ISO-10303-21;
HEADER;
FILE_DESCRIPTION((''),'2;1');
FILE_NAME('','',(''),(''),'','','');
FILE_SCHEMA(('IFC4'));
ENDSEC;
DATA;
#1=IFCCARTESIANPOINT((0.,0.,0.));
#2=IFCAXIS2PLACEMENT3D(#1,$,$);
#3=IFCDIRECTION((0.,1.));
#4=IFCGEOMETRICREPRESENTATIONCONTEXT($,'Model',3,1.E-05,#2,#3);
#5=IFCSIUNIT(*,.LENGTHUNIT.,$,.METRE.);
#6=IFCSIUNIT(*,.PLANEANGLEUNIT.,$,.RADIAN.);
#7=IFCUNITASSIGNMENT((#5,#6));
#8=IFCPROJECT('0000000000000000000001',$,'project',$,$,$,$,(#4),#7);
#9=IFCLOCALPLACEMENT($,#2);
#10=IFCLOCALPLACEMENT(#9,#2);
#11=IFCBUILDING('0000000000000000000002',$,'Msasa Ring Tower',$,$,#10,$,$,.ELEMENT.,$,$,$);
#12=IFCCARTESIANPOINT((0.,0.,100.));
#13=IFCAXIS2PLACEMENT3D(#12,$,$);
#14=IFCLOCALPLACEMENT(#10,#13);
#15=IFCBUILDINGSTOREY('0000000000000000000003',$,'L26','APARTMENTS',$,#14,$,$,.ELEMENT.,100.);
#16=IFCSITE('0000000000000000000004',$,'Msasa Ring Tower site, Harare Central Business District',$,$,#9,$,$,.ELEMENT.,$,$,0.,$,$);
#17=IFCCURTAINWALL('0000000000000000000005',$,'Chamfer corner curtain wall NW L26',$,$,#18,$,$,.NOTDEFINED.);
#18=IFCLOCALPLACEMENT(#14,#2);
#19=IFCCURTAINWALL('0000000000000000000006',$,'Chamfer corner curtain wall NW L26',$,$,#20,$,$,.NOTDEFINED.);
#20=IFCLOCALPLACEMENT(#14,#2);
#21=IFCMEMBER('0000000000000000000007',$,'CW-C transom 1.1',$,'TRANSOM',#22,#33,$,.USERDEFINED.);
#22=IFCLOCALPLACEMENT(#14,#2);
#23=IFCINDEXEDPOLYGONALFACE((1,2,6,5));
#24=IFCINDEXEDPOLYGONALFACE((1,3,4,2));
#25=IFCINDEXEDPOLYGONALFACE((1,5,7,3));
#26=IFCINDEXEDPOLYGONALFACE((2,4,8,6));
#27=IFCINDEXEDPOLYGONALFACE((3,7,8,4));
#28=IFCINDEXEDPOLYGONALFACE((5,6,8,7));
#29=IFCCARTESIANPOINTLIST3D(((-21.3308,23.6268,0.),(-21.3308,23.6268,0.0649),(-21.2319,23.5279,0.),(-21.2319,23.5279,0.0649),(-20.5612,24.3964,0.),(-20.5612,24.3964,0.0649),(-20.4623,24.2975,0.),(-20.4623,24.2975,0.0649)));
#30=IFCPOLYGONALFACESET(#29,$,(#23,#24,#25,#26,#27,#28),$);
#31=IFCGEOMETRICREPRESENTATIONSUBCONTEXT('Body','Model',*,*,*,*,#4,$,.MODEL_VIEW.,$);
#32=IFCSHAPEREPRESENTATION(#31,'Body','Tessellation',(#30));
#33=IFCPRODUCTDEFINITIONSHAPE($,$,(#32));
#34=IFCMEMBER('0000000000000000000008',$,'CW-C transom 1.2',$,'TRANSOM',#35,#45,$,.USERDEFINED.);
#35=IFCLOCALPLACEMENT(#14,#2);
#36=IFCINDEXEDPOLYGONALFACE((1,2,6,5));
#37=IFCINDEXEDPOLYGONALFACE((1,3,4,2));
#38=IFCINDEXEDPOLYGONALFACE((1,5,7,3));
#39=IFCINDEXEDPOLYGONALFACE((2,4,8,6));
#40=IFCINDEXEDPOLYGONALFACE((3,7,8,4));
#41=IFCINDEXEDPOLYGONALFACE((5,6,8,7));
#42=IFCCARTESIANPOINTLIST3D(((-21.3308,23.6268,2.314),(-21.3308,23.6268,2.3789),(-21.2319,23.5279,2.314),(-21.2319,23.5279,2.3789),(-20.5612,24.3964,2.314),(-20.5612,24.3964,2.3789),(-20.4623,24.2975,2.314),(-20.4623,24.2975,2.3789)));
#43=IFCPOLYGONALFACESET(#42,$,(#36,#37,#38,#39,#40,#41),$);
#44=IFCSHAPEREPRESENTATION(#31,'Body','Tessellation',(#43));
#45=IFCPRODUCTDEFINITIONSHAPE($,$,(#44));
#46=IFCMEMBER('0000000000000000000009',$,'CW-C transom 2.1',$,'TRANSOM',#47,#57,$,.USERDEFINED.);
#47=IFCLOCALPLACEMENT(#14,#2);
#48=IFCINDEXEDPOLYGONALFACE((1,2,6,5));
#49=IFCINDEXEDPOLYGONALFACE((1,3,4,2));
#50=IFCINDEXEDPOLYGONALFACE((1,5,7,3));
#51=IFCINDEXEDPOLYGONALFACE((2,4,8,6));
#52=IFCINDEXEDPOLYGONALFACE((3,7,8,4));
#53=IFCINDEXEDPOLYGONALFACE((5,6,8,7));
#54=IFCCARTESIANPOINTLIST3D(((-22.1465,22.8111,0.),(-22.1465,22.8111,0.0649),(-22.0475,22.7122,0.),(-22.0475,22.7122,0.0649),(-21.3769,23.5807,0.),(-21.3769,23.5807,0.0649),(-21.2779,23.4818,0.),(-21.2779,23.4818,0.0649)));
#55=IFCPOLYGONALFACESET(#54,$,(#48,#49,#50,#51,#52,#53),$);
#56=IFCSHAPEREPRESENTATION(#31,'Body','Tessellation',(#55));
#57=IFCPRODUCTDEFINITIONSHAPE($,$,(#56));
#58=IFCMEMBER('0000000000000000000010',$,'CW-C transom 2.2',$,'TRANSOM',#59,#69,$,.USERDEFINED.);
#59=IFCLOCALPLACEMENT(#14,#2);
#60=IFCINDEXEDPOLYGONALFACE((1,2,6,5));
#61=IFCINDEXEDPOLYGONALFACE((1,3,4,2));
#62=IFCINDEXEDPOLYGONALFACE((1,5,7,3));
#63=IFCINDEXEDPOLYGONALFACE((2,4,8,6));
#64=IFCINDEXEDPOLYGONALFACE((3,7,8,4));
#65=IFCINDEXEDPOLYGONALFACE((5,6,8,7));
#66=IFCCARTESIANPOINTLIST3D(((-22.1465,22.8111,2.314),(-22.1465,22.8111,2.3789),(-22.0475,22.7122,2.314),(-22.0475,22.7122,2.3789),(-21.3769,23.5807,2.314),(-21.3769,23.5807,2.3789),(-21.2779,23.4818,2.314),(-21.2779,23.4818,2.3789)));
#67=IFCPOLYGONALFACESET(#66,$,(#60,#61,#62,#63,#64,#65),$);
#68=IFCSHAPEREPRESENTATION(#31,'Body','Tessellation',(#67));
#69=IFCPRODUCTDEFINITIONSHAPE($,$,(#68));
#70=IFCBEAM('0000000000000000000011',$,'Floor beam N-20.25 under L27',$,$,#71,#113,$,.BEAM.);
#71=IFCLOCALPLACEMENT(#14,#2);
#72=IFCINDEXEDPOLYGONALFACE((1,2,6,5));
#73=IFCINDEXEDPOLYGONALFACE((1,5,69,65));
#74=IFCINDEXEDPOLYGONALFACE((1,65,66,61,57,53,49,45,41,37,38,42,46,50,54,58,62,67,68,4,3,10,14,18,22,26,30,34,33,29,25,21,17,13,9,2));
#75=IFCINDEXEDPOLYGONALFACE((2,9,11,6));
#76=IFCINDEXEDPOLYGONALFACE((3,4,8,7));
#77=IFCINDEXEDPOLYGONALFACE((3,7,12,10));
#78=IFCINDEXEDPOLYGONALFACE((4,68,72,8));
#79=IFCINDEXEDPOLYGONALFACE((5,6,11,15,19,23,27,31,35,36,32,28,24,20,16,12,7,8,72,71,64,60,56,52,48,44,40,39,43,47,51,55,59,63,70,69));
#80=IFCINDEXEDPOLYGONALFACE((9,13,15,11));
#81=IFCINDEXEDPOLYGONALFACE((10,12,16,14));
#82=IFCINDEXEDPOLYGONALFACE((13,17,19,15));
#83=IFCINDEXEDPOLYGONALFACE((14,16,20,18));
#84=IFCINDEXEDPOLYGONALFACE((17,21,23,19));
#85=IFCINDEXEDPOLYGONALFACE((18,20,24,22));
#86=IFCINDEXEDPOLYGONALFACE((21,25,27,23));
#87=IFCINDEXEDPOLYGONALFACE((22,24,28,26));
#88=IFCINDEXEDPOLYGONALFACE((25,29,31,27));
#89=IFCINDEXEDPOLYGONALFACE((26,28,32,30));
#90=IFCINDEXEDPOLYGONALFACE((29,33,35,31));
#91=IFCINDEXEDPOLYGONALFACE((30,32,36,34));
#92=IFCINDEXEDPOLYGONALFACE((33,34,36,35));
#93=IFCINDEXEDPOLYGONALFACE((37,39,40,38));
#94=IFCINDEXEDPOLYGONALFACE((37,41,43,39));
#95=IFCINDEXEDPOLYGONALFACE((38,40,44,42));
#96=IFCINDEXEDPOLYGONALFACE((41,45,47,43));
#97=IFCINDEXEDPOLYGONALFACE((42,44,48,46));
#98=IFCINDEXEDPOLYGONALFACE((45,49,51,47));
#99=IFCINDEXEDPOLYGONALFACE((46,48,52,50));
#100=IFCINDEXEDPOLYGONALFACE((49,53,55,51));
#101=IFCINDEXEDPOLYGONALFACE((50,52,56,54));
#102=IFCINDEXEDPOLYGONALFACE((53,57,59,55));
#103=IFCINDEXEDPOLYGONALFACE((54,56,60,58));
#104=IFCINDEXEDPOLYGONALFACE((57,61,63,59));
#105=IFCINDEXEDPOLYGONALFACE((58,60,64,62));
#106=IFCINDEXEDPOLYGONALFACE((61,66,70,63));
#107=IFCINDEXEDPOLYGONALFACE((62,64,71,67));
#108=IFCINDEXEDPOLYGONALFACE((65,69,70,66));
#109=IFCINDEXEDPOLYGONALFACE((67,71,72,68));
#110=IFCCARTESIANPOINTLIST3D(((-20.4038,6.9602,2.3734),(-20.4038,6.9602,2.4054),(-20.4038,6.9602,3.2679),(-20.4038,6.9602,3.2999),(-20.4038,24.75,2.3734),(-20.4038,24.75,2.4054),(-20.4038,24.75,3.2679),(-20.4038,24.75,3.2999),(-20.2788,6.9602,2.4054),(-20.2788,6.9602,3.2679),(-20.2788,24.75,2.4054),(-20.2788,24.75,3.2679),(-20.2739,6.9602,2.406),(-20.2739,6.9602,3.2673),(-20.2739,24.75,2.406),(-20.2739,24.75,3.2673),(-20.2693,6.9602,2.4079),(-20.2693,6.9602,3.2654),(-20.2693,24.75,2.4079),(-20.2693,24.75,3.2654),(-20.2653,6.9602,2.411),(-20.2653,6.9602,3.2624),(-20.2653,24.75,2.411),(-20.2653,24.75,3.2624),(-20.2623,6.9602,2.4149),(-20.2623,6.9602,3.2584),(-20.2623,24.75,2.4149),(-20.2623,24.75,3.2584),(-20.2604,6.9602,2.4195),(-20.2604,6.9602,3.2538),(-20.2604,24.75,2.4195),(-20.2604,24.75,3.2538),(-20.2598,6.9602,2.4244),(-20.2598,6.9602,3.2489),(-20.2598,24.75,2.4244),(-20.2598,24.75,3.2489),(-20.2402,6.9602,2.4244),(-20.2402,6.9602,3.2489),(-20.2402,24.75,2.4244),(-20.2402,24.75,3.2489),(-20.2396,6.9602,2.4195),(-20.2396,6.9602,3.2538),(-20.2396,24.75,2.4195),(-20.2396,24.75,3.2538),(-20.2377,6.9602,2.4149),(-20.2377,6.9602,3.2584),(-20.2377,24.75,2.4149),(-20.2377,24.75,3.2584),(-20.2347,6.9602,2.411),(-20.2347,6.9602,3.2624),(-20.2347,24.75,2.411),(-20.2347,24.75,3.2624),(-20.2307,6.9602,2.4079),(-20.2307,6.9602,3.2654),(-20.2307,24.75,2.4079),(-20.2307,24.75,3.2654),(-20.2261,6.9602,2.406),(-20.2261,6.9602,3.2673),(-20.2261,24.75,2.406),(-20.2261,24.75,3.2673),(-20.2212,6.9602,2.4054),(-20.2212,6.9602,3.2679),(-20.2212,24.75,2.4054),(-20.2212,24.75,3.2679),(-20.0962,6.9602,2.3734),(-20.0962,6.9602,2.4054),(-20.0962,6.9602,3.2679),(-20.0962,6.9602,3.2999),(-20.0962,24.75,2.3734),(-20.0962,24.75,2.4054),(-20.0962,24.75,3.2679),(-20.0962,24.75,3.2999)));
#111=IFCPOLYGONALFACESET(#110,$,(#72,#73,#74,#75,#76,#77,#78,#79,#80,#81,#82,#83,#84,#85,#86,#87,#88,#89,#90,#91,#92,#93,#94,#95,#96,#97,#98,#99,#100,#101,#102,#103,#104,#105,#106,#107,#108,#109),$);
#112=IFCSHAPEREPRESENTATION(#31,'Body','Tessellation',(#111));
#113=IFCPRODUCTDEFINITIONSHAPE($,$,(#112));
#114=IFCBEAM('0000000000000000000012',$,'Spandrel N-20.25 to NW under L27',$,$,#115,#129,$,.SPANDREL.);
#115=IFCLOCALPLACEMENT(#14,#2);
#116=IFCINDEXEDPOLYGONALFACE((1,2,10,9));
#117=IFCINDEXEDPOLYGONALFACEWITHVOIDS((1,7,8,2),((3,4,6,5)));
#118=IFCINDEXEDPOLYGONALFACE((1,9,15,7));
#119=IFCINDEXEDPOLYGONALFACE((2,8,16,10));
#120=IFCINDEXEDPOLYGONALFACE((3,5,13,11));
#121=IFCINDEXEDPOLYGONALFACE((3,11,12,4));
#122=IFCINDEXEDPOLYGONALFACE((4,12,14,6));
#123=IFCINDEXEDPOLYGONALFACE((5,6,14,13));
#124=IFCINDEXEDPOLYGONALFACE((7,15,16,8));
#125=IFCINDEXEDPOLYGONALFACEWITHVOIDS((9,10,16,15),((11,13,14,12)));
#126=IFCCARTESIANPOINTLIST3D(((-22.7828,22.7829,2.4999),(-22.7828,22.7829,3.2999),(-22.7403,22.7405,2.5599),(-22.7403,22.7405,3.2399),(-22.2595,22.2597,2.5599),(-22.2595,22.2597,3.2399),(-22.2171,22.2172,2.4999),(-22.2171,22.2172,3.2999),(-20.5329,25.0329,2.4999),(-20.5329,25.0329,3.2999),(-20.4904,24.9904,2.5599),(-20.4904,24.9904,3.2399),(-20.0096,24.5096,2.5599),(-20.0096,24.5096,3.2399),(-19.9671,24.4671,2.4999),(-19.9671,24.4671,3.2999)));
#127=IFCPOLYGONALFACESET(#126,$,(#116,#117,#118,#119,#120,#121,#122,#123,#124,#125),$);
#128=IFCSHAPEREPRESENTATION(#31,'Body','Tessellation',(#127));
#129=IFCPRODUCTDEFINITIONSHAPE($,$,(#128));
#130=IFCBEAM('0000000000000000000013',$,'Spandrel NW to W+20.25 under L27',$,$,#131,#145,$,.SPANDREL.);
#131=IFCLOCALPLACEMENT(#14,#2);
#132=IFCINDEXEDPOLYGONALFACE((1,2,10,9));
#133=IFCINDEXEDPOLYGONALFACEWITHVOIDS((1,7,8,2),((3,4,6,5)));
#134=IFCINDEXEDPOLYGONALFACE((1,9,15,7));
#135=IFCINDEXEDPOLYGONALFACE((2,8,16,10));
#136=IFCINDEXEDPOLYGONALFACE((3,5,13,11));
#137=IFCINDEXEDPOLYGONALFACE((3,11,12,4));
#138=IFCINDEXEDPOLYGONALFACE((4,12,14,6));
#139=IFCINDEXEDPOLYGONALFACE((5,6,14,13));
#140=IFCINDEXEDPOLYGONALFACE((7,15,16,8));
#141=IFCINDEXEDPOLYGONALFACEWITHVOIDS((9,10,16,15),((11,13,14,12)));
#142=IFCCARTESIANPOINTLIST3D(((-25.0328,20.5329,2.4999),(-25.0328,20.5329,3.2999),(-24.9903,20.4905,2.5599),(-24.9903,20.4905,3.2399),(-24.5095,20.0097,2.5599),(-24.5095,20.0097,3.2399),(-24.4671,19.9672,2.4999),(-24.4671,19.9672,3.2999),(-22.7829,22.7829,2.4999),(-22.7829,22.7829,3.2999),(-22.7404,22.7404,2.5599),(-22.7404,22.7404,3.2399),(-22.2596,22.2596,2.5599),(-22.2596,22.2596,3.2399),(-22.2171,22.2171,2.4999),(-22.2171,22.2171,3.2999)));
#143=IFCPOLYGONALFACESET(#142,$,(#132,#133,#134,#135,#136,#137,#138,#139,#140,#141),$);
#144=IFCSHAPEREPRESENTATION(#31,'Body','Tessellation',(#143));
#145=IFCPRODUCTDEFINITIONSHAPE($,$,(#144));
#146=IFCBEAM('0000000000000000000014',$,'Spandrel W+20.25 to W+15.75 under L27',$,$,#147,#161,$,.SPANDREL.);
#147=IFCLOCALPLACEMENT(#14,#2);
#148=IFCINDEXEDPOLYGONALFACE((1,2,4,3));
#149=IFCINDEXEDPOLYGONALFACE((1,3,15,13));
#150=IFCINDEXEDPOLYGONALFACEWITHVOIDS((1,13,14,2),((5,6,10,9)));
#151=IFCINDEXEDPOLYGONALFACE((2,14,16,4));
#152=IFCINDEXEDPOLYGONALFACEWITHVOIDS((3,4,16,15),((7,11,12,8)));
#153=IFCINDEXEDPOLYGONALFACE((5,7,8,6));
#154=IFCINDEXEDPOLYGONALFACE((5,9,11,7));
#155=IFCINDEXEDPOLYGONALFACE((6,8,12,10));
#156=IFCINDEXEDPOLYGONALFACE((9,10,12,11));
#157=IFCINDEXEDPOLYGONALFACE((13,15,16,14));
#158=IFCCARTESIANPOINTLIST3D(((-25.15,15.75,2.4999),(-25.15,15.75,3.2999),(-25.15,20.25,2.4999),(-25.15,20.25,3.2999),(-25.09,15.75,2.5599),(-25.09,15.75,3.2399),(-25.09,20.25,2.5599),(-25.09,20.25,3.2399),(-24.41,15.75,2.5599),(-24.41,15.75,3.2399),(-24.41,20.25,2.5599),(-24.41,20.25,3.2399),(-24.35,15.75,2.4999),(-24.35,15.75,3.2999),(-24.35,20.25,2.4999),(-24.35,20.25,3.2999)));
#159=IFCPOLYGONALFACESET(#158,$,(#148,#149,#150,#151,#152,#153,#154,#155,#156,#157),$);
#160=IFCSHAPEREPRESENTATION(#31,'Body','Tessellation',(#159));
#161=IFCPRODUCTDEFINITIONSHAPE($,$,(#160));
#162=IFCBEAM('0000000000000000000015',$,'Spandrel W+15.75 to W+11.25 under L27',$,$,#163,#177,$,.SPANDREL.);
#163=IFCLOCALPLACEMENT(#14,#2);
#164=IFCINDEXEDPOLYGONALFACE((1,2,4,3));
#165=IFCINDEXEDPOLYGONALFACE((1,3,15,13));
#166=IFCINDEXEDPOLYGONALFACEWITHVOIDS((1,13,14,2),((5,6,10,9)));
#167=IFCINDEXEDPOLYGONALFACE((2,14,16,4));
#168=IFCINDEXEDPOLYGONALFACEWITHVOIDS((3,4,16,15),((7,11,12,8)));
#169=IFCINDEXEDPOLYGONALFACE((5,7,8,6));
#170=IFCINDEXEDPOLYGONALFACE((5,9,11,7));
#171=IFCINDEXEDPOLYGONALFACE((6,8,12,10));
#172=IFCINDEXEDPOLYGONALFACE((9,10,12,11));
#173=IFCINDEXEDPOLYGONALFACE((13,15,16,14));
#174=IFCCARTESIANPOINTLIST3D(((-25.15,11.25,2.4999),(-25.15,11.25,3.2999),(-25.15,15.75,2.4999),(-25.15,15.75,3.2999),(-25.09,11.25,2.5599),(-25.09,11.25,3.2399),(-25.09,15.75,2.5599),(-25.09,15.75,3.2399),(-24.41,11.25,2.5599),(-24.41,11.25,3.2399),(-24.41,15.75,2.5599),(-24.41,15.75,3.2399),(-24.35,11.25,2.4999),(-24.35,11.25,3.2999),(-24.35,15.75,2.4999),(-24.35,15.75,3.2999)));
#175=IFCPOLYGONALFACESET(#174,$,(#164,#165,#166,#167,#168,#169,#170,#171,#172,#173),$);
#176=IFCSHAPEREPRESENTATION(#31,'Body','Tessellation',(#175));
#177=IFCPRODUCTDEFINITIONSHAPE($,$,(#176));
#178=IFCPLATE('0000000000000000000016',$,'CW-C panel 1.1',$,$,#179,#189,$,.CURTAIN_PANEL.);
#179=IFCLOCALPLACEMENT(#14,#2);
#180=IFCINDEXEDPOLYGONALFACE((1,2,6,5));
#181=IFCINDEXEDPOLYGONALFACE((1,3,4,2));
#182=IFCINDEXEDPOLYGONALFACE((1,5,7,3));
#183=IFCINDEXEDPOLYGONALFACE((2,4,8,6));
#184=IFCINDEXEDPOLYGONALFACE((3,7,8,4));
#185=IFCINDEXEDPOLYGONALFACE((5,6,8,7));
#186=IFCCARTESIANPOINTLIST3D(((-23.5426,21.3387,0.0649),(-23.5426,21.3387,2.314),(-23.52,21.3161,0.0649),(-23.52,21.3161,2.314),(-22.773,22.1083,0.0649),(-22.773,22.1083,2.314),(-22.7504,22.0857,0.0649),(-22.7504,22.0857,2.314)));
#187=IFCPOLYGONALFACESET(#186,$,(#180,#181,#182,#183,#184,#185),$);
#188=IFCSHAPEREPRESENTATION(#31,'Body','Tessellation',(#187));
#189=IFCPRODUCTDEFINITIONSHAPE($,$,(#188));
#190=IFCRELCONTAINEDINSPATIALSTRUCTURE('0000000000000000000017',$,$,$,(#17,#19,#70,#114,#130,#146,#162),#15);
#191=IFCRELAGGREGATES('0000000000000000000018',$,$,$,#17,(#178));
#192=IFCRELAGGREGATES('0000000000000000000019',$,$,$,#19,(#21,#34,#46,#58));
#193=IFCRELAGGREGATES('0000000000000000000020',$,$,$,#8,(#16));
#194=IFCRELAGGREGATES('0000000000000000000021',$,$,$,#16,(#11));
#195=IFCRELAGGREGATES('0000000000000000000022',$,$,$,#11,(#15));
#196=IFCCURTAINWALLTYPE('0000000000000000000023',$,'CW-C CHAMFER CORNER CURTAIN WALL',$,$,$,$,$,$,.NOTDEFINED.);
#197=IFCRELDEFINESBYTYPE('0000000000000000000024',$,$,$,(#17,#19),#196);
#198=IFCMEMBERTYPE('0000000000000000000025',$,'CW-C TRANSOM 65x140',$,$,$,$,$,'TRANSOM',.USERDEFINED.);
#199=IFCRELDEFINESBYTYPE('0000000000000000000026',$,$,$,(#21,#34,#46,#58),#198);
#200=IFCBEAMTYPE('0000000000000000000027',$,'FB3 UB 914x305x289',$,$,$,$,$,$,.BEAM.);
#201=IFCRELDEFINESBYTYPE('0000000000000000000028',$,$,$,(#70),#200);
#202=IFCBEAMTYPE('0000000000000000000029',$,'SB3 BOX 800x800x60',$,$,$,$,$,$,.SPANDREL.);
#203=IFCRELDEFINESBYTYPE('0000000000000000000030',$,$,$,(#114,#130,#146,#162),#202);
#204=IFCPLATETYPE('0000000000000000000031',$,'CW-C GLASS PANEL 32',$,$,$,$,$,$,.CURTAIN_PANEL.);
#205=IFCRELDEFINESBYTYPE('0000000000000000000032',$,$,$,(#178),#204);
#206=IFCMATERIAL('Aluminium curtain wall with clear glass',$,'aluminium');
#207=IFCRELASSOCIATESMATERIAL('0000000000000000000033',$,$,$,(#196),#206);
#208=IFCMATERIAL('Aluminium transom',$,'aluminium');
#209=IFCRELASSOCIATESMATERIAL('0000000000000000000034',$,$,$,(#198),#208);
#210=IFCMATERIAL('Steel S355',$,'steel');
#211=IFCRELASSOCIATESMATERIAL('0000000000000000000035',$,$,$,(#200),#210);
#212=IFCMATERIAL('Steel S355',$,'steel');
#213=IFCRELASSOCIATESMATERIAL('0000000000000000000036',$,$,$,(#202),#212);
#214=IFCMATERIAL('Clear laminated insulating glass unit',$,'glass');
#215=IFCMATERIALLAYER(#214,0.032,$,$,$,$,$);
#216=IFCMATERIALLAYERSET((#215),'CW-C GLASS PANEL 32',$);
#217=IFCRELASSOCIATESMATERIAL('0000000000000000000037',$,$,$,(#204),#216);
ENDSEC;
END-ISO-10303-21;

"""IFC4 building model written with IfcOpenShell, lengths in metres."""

from ifc_helpers import new_model, si_unit, direction, frame, origin, origin_2d, place, context, subcontext, project, spatial, rectangle, hollow_rectangle, i_section, extrude, material, layer, layer_set, material_profile, profile_set, type_object, element, aggregate, save


model = new_model("IFC4")

# Units and contexts
model_context = context("Model", 3, precision=1e-05, world=origin(), true_north=direction((0.0, 1.0)))
body_context = subcontext(model_context, "Body", "Model", "MODEL_VIEW")
ifc_project = project(units=[si_unit("LENGTHUNIT", "METRE"), si_unit("PLANEANGLEUNIT", "RADIAN")], contexts=[model_context])

# Site, building, storey
site_placement = place(None, origin())
site = spatial("IfcSite", under=ifc_project, at=site_placement, Name="Msasa Ring Tower site, Harare Central Business District", CompositionType="ELEMENT", RefElevation=0.0)
building_placement = place(site_placement, origin())
building = spatial("IfcBuilding", under=site, at=building_placement, Name="Msasa Ring Tower", CompositionType="ELEMENT")
storey_placement = place(building_placement, frame((0.0, 0.0, 100.0)))
storey = spatial("IfcBuildingStorey", under=building, at=storey_placement, Name="L26", Description="APARTMENTS", CompositionType="ELEMENT", Elevation=100.0)

# Curtain walls
ifc_material_1 = material(Name="Aluminium curtain wall with clear glass", Category="aluminium")
curtain_wall_type = type_object("IfcCurtainWallType", Name="CW-C CHAMFER CORNER CURTAIN WALL", PredefinedType="NOTDEFINED", material=ifc_material_1)
curtain_wall_1_placement = place(storey_placement, origin())
curtain_wall_1 = element("IfcCurtainWall", 1, at=curtain_wall_1_placement, inside=storey, type_object=curtain_wall_type, Name="Chamfer corner curtain wall NW L26", PredefinedType="NOTDEFINED")
curtain_wall_2_placement = place(storey_placement, origin())
curtain_wall_2 = element("IfcCurtainWall", 2, at=curtain_wall_2_placement, inside=storey, type_object=curtain_wall_type, Name="Chamfer corner curtain wall NW L26", PredefinedType="NOTDEFINED")

# Members
ifc_material_2 = material(Name="Aluminium transom", Category="aluminium")
ifc_material_profile_1 = material_profile(ifc_material_2, rectangle(XDim=0.1399, YDim=0.0649, at=origin_2d()), Name="AL 65x140")
ifc_profile_set_1 = profile_set([ifc_material_profile_1], Name="Aluminium transom")
member_type_1 = type_object("IfcMemberType", Name="CW-C TRANSOM 65x140", ElementType="TRANSOM", PredefinedType="USERDEFINED", material=ifc_profile_set_1)
member_1_placement = place(storey_placement, frame((-20.5117, 24.3469, 0.0325), z_axis=(-0.707107, -0.707107, 0.0), x_axis=(0.707107, -0.707107, 0.0)))
member_1 = element("IfcMember", 3, at=member_1_placement, type_object=member_type_1, Name="CW-C transom 1.1", ObjectType="TRANSOM", PredefinedType="USERDEFINED", context=body_context, shape_type="SweptSolid", body=[
    extrude(rectangle(XDim=0.1399, YDim=0.0649, at=origin_2d()), origin(), (0.0, 0.0, 1.0), 1.0884),
])
member_2_placement = place(storey_placement, frame((-20.5117, 24.3469, 2.3464), z_axis=(-0.707107, -0.707107, 0.0), x_axis=(0.707107, -0.707107, 0.0)))
member_2 = element("IfcMember", 4, at=member_2_placement, type_object=member_type_1, Name="CW-C transom 1.2", ObjectType="TRANSOM", PredefinedType="USERDEFINED", context=body_context, shape_type="SweptSolid", body=[
    extrude(rectangle(XDim=0.1399, YDim=0.0649, at=origin_2d()), origin(), (0.0, 0.0, 1.0), 1.0884),
])
member_3_placement = place(storey_placement, frame((-21.3274, 23.5312, 0.0325), z_axis=(-0.707107, -0.707107, 0.0), x_axis=(0.707107, -0.707107, 0.0)))
member_3 = element("IfcMember", 5, at=member_3_placement, type_object=member_type_1, Name="CW-C transom 2.1", ObjectType="TRANSOM", PredefinedType="USERDEFINED", context=body_context, shape_type="SweptSolid", body=[
    extrude(rectangle(XDim=0.1399, YDim=0.0649, at=origin_2d()), origin(), (0.0, 0.0, 1.0), 1.0884),
])
member_4_placement = place(storey_placement, frame((-21.3274, 23.5312, 2.3464), z_axis=(-0.707107, -0.707107, 0.0), x_axis=(0.707107, -0.707107, 0.0)))
member_4 = element("IfcMember", 6, at=member_4_placement, type_object=member_type_1, Name="CW-C transom 2.2", ObjectType="TRANSOM", PredefinedType="USERDEFINED", context=body_context, shape_type="SweptSolid", body=[
    extrude(rectangle(XDim=0.1399, YDim=0.0649, at=origin_2d()), origin(), (0.0, 0.0, 1.0), 1.0884),
])

# Beams
ifc_material_3 = material(Name="Steel S355", Category="steel")
ifc_material_profile_2 = material_profile(ifc_material_3, i_section(OverallWidth=0.3076, OverallDepth=0.9265, WebThickness=0.0195, FlangeThickness=0.032, FilletRadius=0.019, at=origin_2d()), Name="UB 914x305x289")
ifc_profile_set_2 = profile_set([ifc_material_profile_2], Name="Steel S355")
beam_type_1 = type_object("IfcBeamType", Name="FB3 UB 914x305x289", PredefinedType="BEAM", material=ifc_profile_set_2)
beam_placement = place(storey_placement, frame((-20.25, 24.75, 2.8367), z_axis=(0.0, -1.0, 0.0), x_axis=(1.0, 0.0, 0.0)))
element("IfcBeam", 7, at=beam_placement, inside=storey, type_object=beam_type_1, Name="Floor beam N-20.25 under L27", PredefinedType="BEAM", context=body_context, shape_type="SweptSolid", body=[
    extrude(i_section(OverallWidth=0.3076, OverallDepth=0.9265, WebThickness=0.0195, FlangeThickness=0.032, FilletRadius=0.019, at=origin_2d()), origin(), (0.0, 0.0, 1.0), 17.7898),
])
ifc_material_4 = material(Name="Steel S355", Category="steel")
ifc_material_profile_3 = material_profile(ifc_material_4, hollow_rectangle(XDim=0.8, YDim=0.8, WallThickness=0.0601, at=origin_2d()), Name="BOX 800x800x60")
ifc_profile_set_3 = profile_set([ifc_material_profile_3], Name="Steel S355")
beam_type_2 = type_object("IfcBeamType", Name="SB3 BOX 800x800x60", PredefinedType="SPANDREL", material=ifc_profile_set_3)
for number, where, z_axis, x_axis, name in (
    (8, (-20.25, 24.75, 2.8999), (-0.707107, -0.707107, 0.0), (0.707107, -0.707107, 0.0), "Spandrel N-20.25 to NW under L27"),
    (9, (-22.5, 22.5, 2.8999), (-0.707107, -0.707107, 0.0), (0.707107, -0.707107, 0.0), "Spandrel NW to W+20.25 under L27"),
):
    element("IfcBeam", number, at=place(storey_placement, frame(where, z_axis=z_axis, x_axis=x_axis)), inside=storey, type_object=beam_type_2, Name=name, PredefinedType="SPANDREL", context=body_context, shape_type="SweptSolid", body=[
        extrude(hollow_rectangle(XDim=0.8, YDim=0.8, WallThickness=0.0601, at=origin_2d()), origin(), (0.0, 0.0, 1.0), 3.1819),
    ])
for number, where, z_axis, x_axis, name in (
    (10, (-24.75, 20.25, 2.8999), (0.0, -1.0, 0.0), (1.0, 0.0, 0.0), "Spandrel W+20.25 to W+15.75 under L27"),
    (11, (-24.75, 15.75, 2.8999), (0.0, -1.0, 0.0), (1.0, 0.0, 0.0), "Spandrel W+15.75 to W+11.25 under L27"),
):
    element("IfcBeam", number, at=place(storey_placement, frame(where, z_axis=z_axis, x_axis=x_axis)), inside=storey, type_object=beam_type_2, Name=name, PredefinedType="SPANDREL", context=body_context, shape_type="SweptSolid", body=[
        extrude(hollow_rectangle(XDim=0.8, YDim=0.8, WallThickness=0.0601, at=origin_2d()), origin(), (0.0, 0.0, 1.0), 4.5),
    ])

# Plate
ifc_material_5 = material(Name="Clear laminated insulating glass unit", Category="glass")
ifc_layer_1 = layer(ifc_material_5, 0.032)
ifc_layer_set_1 = layer_set([ifc_layer_1], Name="CW-C GLASS PANEL 32")
plate_type = type_object("IfcPlateType", Name="CW-C GLASS PANEL 32", PredefinedType="CURTAIN_PANEL", material=ifc_layer_set_1)
plate_1_placement = place(storey_placement, frame((-23.1465, 21.7122, 0.0649), z_axis=(0.0, 0.0, 1.0), x_axis=(-0.707107, -0.707107, 0.0)))
plate_1 = element("IfcPlate", 12, at=plate_1_placement, type_object=plate_type, Name="CW-C panel 1.1", PredefinedType="CURTAIN_PANEL", context=body_context, shape_type="SweptSolid", body=[
    extrude(rectangle(XDim=1.0884, YDim=0.032, at=origin_2d()), origin(), (0.0, 0.0, 1.0), 2.249),
])
aggregate(curtain_wall_1, [plate_1])
aggregate(curtain_wall_2, [member_1, member_2, member_3, member_4])

save(model, "model.ifc")
